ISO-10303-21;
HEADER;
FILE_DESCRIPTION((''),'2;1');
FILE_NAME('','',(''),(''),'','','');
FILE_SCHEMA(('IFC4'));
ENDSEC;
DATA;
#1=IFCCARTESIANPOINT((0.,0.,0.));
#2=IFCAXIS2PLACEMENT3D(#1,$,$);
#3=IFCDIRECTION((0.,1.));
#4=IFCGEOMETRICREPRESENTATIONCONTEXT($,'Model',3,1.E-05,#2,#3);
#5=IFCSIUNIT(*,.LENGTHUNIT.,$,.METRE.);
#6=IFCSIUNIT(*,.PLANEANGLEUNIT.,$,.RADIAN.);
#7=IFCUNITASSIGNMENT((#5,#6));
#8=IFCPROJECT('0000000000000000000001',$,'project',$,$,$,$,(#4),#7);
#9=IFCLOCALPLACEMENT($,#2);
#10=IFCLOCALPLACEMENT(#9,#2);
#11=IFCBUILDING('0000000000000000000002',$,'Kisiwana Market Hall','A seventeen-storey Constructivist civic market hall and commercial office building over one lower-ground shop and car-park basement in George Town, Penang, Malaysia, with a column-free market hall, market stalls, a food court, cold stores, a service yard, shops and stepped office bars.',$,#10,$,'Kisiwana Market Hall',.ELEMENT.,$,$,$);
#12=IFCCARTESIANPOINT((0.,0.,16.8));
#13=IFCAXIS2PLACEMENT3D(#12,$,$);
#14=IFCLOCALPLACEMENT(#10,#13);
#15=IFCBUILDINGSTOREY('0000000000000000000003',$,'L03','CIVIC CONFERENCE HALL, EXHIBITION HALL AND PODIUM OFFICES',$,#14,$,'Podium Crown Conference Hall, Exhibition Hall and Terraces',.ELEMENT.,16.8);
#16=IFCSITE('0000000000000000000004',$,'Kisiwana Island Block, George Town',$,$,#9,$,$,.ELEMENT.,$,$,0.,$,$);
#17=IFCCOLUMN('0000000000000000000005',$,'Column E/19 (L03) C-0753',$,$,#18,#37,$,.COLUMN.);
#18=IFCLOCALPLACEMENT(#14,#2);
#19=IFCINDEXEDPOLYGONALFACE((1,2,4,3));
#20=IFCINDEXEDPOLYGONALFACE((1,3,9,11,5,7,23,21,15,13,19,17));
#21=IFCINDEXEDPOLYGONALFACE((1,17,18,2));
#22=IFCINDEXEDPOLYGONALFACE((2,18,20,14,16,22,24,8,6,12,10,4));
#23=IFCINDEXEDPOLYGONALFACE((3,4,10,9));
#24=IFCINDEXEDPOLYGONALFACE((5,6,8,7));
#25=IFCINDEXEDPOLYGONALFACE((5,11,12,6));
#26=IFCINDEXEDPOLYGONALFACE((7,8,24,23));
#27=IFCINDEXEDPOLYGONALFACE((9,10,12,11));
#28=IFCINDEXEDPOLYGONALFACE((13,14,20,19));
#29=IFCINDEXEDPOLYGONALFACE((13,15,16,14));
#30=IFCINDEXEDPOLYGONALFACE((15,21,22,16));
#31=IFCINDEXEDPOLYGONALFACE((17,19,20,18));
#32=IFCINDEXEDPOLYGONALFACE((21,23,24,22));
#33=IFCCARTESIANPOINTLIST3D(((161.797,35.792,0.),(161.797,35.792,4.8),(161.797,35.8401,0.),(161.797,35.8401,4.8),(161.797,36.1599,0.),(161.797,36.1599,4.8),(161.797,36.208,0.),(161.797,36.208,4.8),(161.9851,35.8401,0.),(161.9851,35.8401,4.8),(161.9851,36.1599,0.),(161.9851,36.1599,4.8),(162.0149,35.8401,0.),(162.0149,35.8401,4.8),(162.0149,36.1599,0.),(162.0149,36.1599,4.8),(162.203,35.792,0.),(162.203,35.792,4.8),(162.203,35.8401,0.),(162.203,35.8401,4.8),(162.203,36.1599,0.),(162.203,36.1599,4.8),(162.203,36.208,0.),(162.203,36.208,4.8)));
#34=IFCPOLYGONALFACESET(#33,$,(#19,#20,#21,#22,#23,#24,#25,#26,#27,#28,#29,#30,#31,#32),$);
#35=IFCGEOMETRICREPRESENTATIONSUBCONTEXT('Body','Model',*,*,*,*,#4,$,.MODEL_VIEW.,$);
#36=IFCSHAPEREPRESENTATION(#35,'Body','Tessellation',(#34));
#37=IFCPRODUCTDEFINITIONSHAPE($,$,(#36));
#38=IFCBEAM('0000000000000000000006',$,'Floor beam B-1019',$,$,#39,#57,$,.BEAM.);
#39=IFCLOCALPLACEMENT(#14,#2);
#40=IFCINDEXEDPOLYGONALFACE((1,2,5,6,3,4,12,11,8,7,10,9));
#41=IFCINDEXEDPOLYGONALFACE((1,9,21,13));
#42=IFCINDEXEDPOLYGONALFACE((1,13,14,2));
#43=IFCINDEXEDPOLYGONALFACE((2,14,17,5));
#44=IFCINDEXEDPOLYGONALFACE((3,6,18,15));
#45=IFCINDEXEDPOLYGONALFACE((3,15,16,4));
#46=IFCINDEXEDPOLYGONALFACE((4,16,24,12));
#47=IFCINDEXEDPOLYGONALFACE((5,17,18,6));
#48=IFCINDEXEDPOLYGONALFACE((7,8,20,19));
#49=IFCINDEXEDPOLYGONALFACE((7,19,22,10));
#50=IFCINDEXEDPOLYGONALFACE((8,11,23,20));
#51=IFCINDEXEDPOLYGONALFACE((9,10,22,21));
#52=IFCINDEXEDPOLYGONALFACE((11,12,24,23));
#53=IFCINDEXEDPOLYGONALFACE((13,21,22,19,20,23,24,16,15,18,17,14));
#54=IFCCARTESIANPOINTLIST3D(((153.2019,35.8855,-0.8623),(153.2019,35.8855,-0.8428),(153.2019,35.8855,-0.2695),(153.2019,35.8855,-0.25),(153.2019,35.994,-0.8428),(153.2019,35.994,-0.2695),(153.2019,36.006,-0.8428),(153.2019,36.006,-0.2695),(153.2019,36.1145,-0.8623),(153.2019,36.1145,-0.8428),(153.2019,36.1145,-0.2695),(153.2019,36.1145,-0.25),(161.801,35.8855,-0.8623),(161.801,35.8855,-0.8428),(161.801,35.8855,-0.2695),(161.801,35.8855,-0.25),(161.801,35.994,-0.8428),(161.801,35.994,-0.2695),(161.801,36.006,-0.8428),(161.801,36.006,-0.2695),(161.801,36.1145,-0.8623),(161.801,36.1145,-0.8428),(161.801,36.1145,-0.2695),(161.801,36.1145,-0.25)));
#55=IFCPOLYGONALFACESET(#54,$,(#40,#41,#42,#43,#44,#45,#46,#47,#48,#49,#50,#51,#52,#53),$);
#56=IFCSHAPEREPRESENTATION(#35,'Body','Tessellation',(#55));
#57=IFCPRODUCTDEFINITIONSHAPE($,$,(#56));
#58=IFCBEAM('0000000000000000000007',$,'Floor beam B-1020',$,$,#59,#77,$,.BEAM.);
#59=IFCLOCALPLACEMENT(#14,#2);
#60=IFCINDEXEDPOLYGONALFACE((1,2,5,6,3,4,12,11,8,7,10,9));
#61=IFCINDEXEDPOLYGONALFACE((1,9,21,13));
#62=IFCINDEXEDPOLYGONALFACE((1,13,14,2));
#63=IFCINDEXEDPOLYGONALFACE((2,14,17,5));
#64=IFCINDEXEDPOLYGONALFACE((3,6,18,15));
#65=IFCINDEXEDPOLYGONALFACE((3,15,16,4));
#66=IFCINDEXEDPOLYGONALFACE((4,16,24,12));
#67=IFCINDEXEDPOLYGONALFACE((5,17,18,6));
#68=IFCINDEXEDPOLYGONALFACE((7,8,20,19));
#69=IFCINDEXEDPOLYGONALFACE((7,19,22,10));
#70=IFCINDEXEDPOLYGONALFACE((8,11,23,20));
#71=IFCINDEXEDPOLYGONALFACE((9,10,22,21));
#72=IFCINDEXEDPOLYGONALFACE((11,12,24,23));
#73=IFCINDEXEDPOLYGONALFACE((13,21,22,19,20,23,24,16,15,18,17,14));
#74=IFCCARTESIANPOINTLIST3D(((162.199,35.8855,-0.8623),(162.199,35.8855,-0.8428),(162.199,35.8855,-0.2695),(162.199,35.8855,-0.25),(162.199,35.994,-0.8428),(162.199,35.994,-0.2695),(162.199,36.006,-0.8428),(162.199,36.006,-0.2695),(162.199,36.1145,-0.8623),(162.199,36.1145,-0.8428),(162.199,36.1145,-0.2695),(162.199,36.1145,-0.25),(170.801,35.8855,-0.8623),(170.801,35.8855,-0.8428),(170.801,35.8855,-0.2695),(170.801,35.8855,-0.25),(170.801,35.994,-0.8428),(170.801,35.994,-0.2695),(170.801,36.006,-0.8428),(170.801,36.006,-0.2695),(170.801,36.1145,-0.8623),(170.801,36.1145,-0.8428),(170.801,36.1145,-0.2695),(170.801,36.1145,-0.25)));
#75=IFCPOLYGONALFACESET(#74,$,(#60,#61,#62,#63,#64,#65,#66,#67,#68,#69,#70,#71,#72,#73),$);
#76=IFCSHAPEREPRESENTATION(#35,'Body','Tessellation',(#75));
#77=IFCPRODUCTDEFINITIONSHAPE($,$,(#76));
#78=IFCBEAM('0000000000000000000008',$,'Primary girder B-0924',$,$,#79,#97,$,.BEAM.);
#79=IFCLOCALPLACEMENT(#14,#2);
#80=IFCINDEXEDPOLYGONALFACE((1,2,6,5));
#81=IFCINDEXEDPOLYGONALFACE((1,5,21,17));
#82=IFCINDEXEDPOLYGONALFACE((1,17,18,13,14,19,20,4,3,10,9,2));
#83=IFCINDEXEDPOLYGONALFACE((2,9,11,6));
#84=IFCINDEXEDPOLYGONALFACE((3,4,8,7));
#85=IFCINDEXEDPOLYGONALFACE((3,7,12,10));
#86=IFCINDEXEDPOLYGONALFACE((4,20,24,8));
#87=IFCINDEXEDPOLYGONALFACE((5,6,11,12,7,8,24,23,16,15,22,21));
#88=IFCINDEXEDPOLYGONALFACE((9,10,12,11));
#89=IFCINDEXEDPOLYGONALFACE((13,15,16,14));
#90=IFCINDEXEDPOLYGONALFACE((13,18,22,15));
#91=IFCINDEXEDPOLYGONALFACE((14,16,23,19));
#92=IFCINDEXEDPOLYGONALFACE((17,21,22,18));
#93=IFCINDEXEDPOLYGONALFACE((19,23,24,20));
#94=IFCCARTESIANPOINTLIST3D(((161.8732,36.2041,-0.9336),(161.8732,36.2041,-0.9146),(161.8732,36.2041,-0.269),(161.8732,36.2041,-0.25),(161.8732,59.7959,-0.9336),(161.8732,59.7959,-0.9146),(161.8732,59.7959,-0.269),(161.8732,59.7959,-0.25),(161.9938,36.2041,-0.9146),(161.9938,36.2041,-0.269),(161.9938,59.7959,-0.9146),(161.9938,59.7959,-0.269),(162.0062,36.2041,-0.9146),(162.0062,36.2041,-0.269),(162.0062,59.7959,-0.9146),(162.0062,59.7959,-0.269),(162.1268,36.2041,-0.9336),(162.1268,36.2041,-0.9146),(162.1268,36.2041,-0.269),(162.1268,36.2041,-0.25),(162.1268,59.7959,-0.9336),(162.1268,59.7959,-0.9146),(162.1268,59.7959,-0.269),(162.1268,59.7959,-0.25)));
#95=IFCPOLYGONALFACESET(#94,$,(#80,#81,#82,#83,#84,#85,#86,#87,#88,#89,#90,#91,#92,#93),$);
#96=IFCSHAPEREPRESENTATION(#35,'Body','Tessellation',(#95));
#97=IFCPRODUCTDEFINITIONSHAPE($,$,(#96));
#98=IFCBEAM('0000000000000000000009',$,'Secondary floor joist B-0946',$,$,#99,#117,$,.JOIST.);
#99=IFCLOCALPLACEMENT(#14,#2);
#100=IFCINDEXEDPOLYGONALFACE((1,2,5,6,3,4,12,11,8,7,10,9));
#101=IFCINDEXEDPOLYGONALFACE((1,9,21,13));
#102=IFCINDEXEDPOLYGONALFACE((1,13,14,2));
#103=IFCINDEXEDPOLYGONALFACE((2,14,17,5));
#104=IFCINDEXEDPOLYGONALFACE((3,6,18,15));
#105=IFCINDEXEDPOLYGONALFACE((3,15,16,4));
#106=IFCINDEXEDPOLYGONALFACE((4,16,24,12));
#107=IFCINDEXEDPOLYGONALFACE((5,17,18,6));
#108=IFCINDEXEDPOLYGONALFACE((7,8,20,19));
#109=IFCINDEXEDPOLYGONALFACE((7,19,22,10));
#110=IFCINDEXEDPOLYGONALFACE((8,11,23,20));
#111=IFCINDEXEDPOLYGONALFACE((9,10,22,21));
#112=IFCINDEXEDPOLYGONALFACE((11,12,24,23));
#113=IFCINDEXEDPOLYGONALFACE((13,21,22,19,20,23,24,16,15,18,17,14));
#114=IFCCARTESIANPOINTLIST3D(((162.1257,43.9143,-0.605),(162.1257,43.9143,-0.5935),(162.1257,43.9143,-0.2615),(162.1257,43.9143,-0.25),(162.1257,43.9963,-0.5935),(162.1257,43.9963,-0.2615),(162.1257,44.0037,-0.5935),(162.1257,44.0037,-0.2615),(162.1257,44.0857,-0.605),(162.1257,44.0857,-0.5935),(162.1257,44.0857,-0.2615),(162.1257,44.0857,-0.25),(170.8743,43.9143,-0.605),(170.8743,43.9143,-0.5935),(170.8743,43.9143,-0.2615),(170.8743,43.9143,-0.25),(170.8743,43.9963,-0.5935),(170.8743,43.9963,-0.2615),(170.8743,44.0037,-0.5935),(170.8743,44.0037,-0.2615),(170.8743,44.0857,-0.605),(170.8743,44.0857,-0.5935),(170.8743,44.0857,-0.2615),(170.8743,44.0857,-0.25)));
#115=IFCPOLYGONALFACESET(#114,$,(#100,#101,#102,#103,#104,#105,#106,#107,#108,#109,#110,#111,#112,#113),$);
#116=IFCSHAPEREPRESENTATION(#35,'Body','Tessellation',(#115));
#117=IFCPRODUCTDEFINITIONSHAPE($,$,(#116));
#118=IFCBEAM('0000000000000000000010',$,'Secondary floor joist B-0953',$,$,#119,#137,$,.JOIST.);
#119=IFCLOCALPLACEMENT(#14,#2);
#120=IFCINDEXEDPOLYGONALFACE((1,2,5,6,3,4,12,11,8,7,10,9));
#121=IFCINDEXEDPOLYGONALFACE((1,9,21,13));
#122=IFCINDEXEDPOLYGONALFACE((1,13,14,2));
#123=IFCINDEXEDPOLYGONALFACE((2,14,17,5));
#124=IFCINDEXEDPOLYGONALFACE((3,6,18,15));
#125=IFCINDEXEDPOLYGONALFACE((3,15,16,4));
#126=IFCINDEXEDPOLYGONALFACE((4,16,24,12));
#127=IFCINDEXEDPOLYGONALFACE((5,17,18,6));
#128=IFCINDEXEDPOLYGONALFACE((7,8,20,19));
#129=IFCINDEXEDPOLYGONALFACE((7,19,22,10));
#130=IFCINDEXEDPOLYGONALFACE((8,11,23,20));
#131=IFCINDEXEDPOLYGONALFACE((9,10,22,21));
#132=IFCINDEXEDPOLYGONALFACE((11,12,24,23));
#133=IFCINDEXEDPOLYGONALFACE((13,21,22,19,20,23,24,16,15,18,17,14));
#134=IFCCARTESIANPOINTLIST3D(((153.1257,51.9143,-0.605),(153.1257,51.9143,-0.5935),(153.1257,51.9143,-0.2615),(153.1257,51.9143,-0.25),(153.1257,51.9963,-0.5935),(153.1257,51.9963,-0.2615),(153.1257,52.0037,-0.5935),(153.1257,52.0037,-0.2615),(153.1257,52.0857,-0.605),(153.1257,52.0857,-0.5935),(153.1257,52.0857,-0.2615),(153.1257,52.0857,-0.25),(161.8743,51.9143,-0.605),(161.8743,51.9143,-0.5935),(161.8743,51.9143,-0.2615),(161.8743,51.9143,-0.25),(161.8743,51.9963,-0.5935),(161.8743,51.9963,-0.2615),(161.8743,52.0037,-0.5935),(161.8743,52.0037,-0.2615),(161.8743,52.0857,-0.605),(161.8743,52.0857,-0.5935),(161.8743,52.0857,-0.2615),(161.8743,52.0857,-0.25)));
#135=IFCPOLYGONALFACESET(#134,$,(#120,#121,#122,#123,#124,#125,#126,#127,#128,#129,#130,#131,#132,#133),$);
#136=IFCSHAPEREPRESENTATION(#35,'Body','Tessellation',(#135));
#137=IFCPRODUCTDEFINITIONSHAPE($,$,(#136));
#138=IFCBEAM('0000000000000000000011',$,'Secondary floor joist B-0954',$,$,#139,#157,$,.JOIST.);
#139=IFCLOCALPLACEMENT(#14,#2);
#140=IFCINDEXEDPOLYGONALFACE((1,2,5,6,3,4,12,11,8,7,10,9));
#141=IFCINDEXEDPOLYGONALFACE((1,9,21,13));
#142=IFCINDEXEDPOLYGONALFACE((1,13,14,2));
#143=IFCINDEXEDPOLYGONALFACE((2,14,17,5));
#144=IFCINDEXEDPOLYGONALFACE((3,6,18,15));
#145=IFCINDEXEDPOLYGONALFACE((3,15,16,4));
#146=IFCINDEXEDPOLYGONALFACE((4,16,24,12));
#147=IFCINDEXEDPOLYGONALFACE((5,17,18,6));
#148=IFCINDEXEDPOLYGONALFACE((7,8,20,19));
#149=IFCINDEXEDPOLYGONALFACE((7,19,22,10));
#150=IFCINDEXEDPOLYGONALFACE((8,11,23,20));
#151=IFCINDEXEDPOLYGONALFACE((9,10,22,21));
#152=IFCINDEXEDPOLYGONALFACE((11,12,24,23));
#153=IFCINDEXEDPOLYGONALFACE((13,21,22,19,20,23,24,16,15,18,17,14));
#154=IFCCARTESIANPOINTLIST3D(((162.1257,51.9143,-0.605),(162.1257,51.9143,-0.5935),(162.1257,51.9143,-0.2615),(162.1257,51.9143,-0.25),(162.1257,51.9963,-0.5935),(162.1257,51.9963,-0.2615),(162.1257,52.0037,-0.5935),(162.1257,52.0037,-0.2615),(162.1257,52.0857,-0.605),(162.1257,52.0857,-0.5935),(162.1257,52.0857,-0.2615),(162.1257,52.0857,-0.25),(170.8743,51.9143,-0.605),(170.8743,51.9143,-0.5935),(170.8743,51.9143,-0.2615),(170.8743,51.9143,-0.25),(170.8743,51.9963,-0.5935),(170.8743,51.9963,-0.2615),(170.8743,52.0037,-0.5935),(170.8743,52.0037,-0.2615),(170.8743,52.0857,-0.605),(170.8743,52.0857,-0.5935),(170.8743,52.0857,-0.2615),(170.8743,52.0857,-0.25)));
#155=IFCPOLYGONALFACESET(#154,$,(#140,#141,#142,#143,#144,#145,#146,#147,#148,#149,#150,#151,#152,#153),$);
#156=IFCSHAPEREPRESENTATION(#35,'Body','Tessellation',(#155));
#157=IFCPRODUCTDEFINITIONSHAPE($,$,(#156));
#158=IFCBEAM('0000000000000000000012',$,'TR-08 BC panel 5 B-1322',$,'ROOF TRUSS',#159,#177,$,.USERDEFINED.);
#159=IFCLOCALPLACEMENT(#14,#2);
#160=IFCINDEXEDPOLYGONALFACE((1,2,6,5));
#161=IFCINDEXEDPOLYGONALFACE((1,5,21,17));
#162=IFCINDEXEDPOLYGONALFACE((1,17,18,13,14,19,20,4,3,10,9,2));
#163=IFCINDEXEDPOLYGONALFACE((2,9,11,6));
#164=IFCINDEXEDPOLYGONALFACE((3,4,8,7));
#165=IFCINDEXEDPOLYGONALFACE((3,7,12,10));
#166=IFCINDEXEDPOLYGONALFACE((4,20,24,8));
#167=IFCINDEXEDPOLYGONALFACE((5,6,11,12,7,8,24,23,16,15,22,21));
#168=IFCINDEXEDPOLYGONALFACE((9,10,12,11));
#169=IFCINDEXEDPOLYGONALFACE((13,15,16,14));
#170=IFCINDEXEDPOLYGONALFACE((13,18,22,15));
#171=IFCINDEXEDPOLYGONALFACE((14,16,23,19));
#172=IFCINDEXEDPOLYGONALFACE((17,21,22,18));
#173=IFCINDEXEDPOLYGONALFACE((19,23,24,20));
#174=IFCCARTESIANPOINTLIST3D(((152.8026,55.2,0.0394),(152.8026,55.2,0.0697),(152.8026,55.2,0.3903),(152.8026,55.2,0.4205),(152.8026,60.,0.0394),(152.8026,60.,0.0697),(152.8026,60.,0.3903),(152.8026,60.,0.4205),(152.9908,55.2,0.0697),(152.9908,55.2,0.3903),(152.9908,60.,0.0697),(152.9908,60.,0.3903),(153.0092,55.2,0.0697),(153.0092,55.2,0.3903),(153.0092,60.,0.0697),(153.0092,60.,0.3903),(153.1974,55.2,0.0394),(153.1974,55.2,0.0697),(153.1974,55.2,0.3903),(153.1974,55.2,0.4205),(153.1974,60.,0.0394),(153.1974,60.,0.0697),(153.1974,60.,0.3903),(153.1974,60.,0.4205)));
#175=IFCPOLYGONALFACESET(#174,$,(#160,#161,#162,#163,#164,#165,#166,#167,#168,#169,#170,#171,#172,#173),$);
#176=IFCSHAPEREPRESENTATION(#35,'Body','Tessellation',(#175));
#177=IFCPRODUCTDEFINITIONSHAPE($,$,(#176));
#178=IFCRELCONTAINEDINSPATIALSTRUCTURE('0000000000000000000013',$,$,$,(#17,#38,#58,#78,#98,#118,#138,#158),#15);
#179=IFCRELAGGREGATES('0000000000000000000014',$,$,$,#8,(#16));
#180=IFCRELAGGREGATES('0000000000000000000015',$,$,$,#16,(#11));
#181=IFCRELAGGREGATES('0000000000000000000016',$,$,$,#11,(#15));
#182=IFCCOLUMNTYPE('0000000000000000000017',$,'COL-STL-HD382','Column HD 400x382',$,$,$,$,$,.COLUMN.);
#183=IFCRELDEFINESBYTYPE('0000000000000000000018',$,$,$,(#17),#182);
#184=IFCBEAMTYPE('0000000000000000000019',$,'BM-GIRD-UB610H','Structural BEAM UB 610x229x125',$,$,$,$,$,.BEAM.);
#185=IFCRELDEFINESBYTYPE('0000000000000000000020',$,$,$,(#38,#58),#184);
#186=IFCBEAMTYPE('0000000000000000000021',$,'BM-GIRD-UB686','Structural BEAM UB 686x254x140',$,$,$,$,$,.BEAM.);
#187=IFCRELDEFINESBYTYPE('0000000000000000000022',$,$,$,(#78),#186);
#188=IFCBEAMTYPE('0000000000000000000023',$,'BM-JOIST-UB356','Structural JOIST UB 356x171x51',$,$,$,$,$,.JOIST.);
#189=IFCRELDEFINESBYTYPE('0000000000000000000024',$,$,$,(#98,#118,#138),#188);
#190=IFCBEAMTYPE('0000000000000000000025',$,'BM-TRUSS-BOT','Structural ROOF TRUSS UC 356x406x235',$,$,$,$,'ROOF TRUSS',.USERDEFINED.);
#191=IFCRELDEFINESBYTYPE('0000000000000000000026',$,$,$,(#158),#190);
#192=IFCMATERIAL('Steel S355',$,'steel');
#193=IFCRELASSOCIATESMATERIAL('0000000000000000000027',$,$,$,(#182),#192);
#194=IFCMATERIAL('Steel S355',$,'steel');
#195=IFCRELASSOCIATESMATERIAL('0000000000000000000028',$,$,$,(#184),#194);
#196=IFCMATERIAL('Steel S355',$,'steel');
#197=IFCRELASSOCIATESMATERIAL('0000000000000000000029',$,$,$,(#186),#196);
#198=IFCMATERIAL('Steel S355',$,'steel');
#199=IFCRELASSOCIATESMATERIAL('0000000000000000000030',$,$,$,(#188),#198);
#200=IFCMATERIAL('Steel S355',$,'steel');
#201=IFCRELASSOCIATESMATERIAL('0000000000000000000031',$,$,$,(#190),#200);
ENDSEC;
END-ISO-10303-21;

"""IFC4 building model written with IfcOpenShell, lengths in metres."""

from ifc_helpers import new_model, si_unit, direction, frame, origin, origin_2d, place, context, subcontext, project, spatial, i_section, extrude, material, material_profile, profile_set, type_object, element, save


model = new_model("IFC4")

# Units and contexts
model_context = context("Model", 3, precision=1e-05, world=origin(), true_north=direction((0.0, 1.0)))
body_context = subcontext(model_context, "Body", "Model", "MODEL_VIEW")
ifc_project = project(units=[si_unit("LENGTHUNIT", "METRE"), si_unit("PLANEANGLEUNIT", "RADIAN")], contexts=[model_context])

# Site, building, storey
site_placement = place(None, origin())
site = spatial("IfcSite", under=ifc_project, at=site_placement, Name="Kisiwana Island Block, George Town", CompositionType="ELEMENT", RefElevation=0.0)
building_placement = place(site_placement, origin())
building = spatial("IfcBuilding", under=site, at=building_placement, Name="Kisiwana Market Hall", Description="A seventeen-storey Constructivist civic market hall and commercial office building over one lower-ground shop and car-park basement in George Town, Penang, Malaysia, with a column-free market hall, market stalls, a food court, cold stores, a service yard, shops and stepped office bars.", LongName="Kisiwana Market Hall", CompositionType="ELEMENT")
storey_placement = place(building_placement, frame((0.0, 0.0, 16.8)))
storey = spatial("IfcBuildingStorey", under=building, at=storey_placement, Name="L03", Description="CIVIC CONFERENCE HALL, EXHIBITION HALL AND PODIUM OFFICES", LongName="Podium Crown Conference Hall, Exhibition Hall and Terraces", CompositionType="ELEMENT", Elevation=16.8)

# Column
ifc_material_1 = material(Name="Steel S355", Category="steel")
ifc_material_profile_1 = material_profile(ifc_material_1, i_section(OverallWidth=0.406, OverallDepth=0.416, WebThickness=0.0298, FlangeThickness=0.0481, at=origin_2d()), Name="HD 400x382")
ifc_profile_set_1 = profile_set([ifc_material_profile_1], Name="Steel S355")
column_type = type_object("IfcColumnType", Name="COL-STL-HD382", Description="Column HD 400x382", PredefinedType="COLUMN", material=ifc_profile_set_1)
column_placement = place(storey_placement, frame((162.0, 36.0, 0.0), z_axis=(0.0, 0.0, 1.0), x_axis=(1.0, 0.0, 0.0)))
element("IfcColumn", 1, at=column_placement, inside=storey, type_object=column_type, Name="Column E/19 (L03) C-0753", PredefinedType="COLUMN", context=body_context, shape_type="SweptSolid", body=[
    extrude(i_section(OverallWidth=0.406, OverallDepth=0.416, WebThickness=0.0298, FlangeThickness=0.0481, at=origin_2d()), origin(), (0.0, 0.0, 1.0), 4.8),
])

# Beams
ifc_material_2 = material(Name="Steel S355", Category="steel")
ifc_material_profile_2 = material_profile(ifc_material_2, i_section(OverallWidth=0.229, OverallDepth=0.6123, WebThickness=0.012, FlangeThickness=0.0195, at=origin_2d()), Name="UB 610x229x125")
ifc_profile_set_2 = profile_set([ifc_material_profile_2], Name="Steel S355")
beam_type_1 = type_object("IfcBeamType", Name="BM-GIRD-UB610H", Description="Structural BEAM UB 610x229x125", PredefinedType="BEAM", material=ifc_profile_set_2)
beam_1_placement = place(storey_placement, frame((153.2019, 36.0, -0.5562), z_axis=(1.0, 0.0, 0.0), x_axis=(0.0, 1.0, 0.0)))
element("IfcBeam", 2, at=beam_1_placement, inside=storey, type_object=beam_type_1, Name="Floor beam B-1019", PredefinedType="BEAM", context=body_context, shape_type="SweptSolid", body=[
    extrude(i_section(OverallWidth=0.229, OverallDepth=0.6123, WebThickness=0.012, FlangeThickness=0.0195, at=origin_2d()), origin(), (0.0, 0.0, 1.0), 8.5991),
])
beam_2_placement = place(storey_placement, frame((162.199, 36.0, -0.5562), z_axis=(1.0, 0.0, 0.0), x_axis=(0.0, 1.0, 0.0)))
element("IfcBeam", 3, at=beam_2_placement, inside=storey, type_object=beam_type_1, Name="Floor beam B-1020", PredefinedType="BEAM", context=body_context, shape_type="SweptSolid", body=[
    extrude(i_section(OverallWidth=0.229, OverallDepth=0.6123, WebThickness=0.012, FlangeThickness=0.0195, at=origin_2d()), origin(), (0.0, 0.0, 1.0), 8.6021),
])
ifc_material_3 = material(Name="Steel S355", Category="steel")
ifc_material_profile_3 = material_profile(ifc_material_3, i_section(OverallWidth=0.2537, OverallDepth=0.6836, WebThickness=0.0125, FlangeThickness=0.019, at=origin_2d()), Name="UB 686x254x140")
ifc_profile_set_3 = profile_set([ifc_material_profile_3], Name="Steel S355")
beam_type_2 = type_object("IfcBeamType", Name="BM-GIRD-UB686", Description="Structural BEAM UB 686x254x140", PredefinedType="BEAM", material=ifc_profile_set_3)
beam_3_placement = place(storey_placement, frame((162.0, 36.2041, -0.5918), z_axis=(0.0, 1.0, 0.0), x_axis=(-1.0, 0.0, 0.0)))
element("IfcBeam", 4, at=beam_3_placement, inside=storey, type_object=beam_type_2, Name="Primary girder B-0924", PredefinedType="BEAM", context=body_context, shape_type="SweptSolid", body=[
    extrude(i_section(OverallWidth=0.2537, OverallDepth=0.6836, WebThickness=0.0125, FlangeThickness=0.019, at=origin_2d()), origin(), (0.0, 0.0, 1.0), 23.5918),
])
ifc_material_4 = material(Name="Steel S355", Category="steel")
ifc_material_profile_4 = material_profile(ifc_material_4, i_section(OverallWidth=0.1714, OverallDepth=0.355, WebThickness=0.0073, FlangeThickness=0.0115, at=origin_2d()), Name="UB 356x171x51")
ifc_profile_set_4 = profile_set([ifc_material_profile_4], Name="Steel S355")
beam_type_3 = type_object("IfcBeamType", Name="BM-JOIST-UB356", Description="Structural JOIST UB 356x171x51", PredefinedType="JOIST", material=ifc_profile_set_4)
for number, where, z_axis, x_axis, name in (
    (5, (162.1257, 44.0, -0.4275), (1.0, 0.0, 0.0), (0.0, 1.0, 0.0), "Secondary floor joist B-0946"),
    (6, (153.1257, 52.0, -0.4275), (1.0, 0.0, 0.0), (0.0, 1.0, 0.0), "Secondary floor joist B-0953"),
    (7, (162.1257, 52.0, -0.4275), (1.0, 0.0, 0.0), (0.0, 1.0, 0.0), "Secondary floor joist B-0954"),
):
    element("IfcBeam", number, at=place(storey_placement, frame(where, z_axis=z_axis, x_axis=x_axis)), inside=storey, type_object=beam_type_3, Name=name, PredefinedType="JOIST", context=body_context, shape_type="SweptSolid", body=[
        extrude(i_section(OverallWidth=0.1714, OverallDepth=0.355, WebThickness=0.0073, FlangeThickness=0.0115, at=origin_2d()), origin(), (0.0, 0.0, 1.0), 8.7485),
    ])
ifc_material_5 = material(Name="Steel S355", Category="steel")
ifc_material_profile_5 = material_profile(ifc_material_5, i_section(OverallWidth=0.3948, OverallDepth=0.3811, WebThickness=0.0183, FlangeThickness=0.0303, at=origin_2d()), Name="UC 356x406x235")
ifc_profile_set_5 = profile_set([ifc_material_profile_5], Name="Steel S355")
beam_type_4 = type_object("IfcBeamType", Name="BM-TRUSS-BOT", Description="Structural ROOF TRUSS UC 356x406x235", ElementType="ROOF TRUSS", PredefinedType="USERDEFINED", material=ifc_profile_set_5)
beam_4_placement = place(storey_placement, frame((153.0, 55.2, 0.23), z_axis=(0.0, 1.0, 0.0), x_axis=(-1.0, 0.0, 0.0)))
element("IfcBeam", 8, at=beam_4_placement, inside=storey, type_object=beam_type_4, Name="TR-08 BC panel 5 B-1322", ObjectType="ROOF TRUSS", PredefinedType="USERDEFINED", context=body_context, shape_type="SweptSolid", body=[
    extrude(i_section(OverallWidth=0.3948, OverallDepth=0.3811, WebThickness=0.0183, FlangeThickness=0.0303, at=origin_2d()), origin(), (0.0, 0.0, 1.0), 4.8),
])

save(model, "model.ifc")
